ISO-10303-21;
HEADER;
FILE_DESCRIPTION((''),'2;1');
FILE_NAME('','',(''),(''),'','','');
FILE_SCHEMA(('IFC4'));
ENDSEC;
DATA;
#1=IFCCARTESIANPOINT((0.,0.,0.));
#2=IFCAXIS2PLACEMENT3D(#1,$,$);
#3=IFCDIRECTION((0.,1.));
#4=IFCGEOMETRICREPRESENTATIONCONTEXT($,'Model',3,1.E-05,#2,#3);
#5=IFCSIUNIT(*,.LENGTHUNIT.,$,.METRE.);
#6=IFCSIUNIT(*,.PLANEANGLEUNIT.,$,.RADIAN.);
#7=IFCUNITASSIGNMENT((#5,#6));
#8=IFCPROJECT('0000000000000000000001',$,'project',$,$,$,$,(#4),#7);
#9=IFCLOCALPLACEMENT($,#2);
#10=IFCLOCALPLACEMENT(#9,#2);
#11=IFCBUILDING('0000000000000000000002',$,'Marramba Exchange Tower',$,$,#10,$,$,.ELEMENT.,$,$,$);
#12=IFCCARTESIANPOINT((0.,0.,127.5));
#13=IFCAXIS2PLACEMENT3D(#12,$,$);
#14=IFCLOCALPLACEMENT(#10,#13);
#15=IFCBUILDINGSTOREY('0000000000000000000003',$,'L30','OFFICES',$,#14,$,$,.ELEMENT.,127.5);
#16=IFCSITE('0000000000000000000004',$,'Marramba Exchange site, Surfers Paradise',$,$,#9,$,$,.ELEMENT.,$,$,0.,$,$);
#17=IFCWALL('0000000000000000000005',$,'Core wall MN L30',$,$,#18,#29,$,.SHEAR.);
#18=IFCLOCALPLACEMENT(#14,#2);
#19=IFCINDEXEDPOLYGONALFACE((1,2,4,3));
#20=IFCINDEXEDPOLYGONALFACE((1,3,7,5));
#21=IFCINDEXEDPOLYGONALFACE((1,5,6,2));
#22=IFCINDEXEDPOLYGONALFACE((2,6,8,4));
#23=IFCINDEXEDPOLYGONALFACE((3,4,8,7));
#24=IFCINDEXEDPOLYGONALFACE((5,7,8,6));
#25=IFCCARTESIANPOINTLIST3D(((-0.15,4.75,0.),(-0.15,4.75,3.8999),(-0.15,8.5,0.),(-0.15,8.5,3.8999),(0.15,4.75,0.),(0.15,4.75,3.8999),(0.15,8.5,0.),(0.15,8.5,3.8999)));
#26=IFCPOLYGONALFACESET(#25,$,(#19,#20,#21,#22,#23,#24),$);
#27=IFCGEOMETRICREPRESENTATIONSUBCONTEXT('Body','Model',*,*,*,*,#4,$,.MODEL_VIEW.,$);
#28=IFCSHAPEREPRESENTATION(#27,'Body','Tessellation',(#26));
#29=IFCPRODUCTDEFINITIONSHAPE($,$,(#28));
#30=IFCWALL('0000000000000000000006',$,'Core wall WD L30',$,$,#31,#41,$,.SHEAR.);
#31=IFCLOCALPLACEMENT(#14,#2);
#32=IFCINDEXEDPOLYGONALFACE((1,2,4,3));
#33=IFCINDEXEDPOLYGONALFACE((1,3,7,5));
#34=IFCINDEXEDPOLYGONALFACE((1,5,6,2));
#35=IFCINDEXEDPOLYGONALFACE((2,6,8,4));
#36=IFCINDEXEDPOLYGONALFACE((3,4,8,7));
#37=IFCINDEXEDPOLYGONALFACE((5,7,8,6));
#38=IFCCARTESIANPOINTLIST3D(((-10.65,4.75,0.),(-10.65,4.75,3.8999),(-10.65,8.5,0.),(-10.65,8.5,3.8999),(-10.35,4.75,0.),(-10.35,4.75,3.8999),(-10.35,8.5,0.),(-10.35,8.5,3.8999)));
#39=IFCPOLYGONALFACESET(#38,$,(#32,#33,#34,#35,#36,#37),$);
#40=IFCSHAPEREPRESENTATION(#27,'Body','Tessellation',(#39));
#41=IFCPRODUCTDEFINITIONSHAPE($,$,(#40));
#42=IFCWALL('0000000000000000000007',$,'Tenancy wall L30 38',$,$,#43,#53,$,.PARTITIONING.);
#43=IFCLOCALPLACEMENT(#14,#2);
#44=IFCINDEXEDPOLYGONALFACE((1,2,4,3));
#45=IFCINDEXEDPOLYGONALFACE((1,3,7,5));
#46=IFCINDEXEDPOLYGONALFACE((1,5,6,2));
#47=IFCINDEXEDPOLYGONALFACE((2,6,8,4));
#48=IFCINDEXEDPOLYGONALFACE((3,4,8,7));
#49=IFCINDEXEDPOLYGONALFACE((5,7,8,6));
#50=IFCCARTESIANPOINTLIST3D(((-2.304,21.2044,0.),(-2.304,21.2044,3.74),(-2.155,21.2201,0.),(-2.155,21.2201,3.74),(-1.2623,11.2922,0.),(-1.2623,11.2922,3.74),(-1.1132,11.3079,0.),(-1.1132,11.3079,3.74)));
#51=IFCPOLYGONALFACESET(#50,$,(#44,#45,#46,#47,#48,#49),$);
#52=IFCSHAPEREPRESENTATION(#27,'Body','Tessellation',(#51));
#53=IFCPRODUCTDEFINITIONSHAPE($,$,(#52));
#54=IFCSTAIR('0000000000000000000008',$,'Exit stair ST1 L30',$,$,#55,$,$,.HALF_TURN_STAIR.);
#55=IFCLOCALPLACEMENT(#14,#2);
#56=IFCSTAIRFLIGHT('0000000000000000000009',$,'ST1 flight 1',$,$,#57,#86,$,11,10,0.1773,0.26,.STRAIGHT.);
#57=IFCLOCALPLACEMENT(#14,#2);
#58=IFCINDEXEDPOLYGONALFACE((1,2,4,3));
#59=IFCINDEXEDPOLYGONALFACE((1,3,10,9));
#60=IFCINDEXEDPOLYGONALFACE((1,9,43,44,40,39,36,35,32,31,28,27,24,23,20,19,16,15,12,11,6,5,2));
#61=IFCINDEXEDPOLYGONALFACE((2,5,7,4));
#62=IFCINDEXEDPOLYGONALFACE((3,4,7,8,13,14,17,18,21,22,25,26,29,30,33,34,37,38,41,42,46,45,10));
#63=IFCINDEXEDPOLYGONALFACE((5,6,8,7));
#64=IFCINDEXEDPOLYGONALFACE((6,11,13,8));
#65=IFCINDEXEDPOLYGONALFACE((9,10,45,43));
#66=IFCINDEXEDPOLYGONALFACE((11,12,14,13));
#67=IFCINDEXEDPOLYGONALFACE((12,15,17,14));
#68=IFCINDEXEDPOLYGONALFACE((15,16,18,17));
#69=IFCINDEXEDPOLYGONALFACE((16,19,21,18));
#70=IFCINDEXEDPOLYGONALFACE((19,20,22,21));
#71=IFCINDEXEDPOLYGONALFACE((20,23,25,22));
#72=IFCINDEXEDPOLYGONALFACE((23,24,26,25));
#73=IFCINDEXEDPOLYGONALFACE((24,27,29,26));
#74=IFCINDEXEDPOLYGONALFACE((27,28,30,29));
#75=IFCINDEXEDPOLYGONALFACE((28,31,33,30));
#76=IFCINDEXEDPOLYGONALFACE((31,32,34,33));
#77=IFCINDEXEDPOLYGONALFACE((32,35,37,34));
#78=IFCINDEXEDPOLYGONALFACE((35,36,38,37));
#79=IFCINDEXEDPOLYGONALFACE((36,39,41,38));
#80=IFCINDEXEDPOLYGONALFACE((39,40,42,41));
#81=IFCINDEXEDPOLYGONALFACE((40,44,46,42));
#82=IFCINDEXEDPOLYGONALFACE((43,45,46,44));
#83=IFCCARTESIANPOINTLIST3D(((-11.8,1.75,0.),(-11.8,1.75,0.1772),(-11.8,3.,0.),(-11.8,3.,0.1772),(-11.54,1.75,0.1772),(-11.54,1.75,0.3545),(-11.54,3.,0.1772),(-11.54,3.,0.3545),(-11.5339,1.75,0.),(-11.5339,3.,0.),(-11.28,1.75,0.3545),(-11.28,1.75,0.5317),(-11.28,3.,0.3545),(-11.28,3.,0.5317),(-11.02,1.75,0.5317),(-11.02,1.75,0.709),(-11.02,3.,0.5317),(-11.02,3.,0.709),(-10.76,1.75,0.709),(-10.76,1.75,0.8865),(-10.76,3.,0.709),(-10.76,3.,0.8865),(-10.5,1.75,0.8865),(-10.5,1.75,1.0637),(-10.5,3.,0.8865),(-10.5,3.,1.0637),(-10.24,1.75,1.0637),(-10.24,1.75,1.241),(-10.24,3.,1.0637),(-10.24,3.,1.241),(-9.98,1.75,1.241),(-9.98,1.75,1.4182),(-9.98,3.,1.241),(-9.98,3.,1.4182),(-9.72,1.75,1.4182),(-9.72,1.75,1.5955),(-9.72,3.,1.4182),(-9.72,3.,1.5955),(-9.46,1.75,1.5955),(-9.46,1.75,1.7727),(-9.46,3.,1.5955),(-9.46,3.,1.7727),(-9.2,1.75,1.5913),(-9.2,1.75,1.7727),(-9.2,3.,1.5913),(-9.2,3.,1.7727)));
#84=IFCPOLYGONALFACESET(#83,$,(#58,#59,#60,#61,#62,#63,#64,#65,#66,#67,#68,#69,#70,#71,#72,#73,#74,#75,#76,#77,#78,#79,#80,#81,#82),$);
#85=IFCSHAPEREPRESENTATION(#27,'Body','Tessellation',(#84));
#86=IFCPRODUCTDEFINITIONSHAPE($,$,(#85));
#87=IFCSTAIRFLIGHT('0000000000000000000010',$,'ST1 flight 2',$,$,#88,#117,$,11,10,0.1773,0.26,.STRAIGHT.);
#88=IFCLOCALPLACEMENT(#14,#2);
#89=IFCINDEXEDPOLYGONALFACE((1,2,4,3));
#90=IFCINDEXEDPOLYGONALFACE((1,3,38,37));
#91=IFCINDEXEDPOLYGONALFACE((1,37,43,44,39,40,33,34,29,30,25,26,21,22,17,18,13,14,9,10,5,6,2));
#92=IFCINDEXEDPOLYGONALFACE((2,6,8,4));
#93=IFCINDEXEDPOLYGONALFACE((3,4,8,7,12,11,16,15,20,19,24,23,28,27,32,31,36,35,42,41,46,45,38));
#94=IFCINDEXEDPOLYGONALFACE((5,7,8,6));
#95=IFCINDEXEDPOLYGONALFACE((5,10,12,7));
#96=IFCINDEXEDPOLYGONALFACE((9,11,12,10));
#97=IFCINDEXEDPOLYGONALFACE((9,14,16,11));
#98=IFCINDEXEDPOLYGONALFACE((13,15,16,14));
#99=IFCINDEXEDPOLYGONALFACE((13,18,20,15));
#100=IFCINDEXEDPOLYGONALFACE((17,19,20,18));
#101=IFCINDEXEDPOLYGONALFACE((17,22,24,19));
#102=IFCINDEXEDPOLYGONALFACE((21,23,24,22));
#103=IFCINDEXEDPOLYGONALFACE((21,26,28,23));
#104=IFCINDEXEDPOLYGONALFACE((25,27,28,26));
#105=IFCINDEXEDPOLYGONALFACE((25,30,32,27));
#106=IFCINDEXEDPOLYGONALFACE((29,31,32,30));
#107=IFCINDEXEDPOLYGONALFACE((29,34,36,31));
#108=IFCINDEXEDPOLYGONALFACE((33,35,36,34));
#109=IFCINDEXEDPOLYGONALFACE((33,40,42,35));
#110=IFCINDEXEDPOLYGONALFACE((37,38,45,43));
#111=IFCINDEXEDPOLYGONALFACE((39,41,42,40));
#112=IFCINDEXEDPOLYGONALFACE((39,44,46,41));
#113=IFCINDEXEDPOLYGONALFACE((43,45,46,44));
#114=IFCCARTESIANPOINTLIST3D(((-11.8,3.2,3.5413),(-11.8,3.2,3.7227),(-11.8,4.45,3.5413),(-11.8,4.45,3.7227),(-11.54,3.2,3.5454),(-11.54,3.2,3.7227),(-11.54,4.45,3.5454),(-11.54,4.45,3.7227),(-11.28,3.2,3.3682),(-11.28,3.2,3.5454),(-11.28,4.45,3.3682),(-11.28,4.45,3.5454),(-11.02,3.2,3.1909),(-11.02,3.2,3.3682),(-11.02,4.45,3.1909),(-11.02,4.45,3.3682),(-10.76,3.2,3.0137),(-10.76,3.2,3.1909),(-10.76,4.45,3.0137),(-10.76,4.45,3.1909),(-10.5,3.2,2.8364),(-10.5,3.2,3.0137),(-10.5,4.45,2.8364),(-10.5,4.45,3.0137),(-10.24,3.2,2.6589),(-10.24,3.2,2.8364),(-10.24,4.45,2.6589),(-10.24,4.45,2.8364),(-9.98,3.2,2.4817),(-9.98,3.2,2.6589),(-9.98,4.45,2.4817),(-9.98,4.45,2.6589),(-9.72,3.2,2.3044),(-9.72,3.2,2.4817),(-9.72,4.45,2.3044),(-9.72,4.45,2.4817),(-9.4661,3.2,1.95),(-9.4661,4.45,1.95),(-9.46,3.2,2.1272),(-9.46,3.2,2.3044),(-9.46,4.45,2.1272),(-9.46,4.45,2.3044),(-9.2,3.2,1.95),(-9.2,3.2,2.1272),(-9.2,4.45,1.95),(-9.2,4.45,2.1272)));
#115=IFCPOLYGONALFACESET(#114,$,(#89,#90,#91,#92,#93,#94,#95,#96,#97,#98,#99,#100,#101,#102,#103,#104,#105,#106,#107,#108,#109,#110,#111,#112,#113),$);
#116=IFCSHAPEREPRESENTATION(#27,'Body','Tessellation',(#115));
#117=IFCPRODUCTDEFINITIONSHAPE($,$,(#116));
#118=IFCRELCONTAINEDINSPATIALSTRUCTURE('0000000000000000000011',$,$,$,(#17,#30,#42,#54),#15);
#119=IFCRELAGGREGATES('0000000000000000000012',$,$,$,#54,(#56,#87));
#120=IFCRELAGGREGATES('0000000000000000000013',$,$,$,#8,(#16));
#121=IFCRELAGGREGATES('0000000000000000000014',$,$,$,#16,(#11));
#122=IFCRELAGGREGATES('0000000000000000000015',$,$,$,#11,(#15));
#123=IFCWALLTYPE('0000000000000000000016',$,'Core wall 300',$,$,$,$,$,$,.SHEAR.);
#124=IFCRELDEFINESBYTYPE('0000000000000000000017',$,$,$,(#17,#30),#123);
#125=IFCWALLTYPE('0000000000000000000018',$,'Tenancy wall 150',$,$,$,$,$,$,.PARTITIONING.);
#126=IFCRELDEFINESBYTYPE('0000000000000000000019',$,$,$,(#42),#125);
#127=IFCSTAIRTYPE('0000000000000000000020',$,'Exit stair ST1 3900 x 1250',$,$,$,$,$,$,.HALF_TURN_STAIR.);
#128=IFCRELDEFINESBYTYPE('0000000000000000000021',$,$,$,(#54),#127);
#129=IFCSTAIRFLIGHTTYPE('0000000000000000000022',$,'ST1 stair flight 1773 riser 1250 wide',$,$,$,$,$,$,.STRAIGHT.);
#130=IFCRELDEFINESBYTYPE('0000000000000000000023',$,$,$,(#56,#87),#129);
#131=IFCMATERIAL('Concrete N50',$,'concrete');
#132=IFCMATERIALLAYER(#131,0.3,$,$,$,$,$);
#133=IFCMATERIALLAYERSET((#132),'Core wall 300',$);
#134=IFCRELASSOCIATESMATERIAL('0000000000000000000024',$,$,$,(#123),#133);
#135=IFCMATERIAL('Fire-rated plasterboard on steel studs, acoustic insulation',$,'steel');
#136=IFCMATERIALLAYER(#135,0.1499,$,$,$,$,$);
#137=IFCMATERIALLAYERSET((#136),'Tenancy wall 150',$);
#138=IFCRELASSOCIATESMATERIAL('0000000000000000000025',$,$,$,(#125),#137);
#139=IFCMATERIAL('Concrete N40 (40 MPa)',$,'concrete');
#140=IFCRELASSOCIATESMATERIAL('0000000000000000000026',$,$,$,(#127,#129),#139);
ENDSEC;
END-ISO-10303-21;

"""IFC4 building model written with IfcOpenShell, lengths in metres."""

from ifc_helpers import new_model, si_unit, direction, frame, frame_2d, origin, place, context, subcontext, project, spatial, polyline, rectangle, outline, extrude, material, layer, layer_set, type_object, element, aggregate, save


model = new_model("IFC4")

# Units and contexts
model_context = context("Model", 3, precision=1e-05, world=origin(), true_north=direction((0.0, 1.0)))
body_context = subcontext(model_context, "Body", "Model", "MODEL_VIEW")
ifc_project = project(units=[si_unit("LENGTHUNIT", "METRE"), si_unit("PLANEANGLEUNIT", "RADIAN")], contexts=[model_context])

# Site, building, storey
site_placement = place(None, origin())
site = spatial("IfcSite", under=ifc_project, at=site_placement, Name="Marramba Exchange site, Surfers Paradise", CompositionType="ELEMENT", RefElevation=0.0)
building_placement = place(site_placement, origin())
building = spatial("IfcBuilding", under=site, at=building_placement, Name="Marramba Exchange Tower", CompositionType="ELEMENT")
storey_placement = place(building_placement, frame((0.0, 0.0, 127.5)))
storey = spatial("IfcBuildingStorey", under=building, at=storey_placement, Name="L30", Description="OFFICES", CompositionType="ELEMENT", Elevation=127.5)

# Shared definitions
ifc_material_1 = material(Name="Concrete N50", Category="concrete")

# Walls
ifc_layer_1 = layer(ifc_material_1, 0.3)
ifc_layer_set_1 = layer_set([ifc_layer_1], Name="Core wall 300")
wall_type_1 = type_object("IfcWallType", Name="Core wall 300", PredefinedType="SHEAR", material=ifc_layer_set_1)
for number, where, z_axis, x_axis, name in (
    (1, (0.0, 4.75, 0.0), (0.0, 0.0, 1.0), (0.0, 1.0, 0.0), "Core wall MN L30"),
    (2, (-10.5, 4.75, 0.0), (0.0, 0.0, 1.0), (0.0, 1.0, 0.0), "Core wall WD L30"),
):
    element("IfcWall", number, at=place(storey_placement, frame(where, z_axis=z_axis, x_axis=x_axis)), inside=storey, type_object=wall_type_1, Name=name, PredefinedType="SHEAR", context=body_context, shape_type="SweptSolid", body=[
        extrude(rectangle(XDim=3.75, YDim=0.3, at=frame_2d((1.875, 0.0))), origin(), (0.0, 0.0, 1.0), 3.8999),
    ])
ifc_material_2 = material(Name="Fire-rated plasterboard on steel studs, acoustic insulation", Category="steel")
ifc_layer_2 = layer(ifc_material_2, 0.1499)
ifc_layer_set_2 = layer_set([ifc_layer_2], Name="Tenancy wall 150")
wall_type_2 = type_object("IfcWallType", Name="Tenancy wall 150", PredefinedType="PARTITIONING", material=ifc_layer_set_2)
wall_1_placement = place(storey_placement, frame((-1.1877, 11.3, 0.0), z_axis=(0.0, 0.0, 1.0), x_axis=(-0.104523, 0.994522, 0.0)))
element("IfcWall", 3, at=wall_1_placement, inside=storey, type_object=wall_type_2, Name="Tenancy wall L30 38", PredefinedType="PARTITIONING", context=body_context, shape_type="SweptSolid", body=[
    extrude(rectangle(XDim=9.9668, YDim=0.1499, at=frame_2d((4.9834, 0.0))), origin(), (0.0, 0.0, 1.0), 3.74),
])

# Stair, stair flights
ifc_material_3 = material(Name="Concrete N40 (40 MPa)", Category="concrete")
stair_type = type_object("IfcStairType", Name="Exit stair ST1 3900 x 1250", PredefinedType="HALF_TURN_STAIR", material=ifc_material_3)
stair_placement = place(storey_placement, origin())
stair = element("IfcStair", 4, at=stair_placement, inside=storey, type_object=stair_type, Name="Exit stair ST1 L30", PredefinedType="HALF_TURN_STAIR")
stair_flight_type = type_object("IfcStairFlightType", Name="ST1 stair flight 1773 riser 1250 wide", PredefinedType="STRAIGHT", material=ifc_material_3)
stair_flight_1_placement = place(storey_placement, frame((-11.8, 2.375, 0.0), z_axis=(0.0, 0.0, 1.0), x_axis=(1.0, 0.0, 0.0)))
stair_flight_1 = element("IfcStairFlight", 5, at=stair_flight_1_placement, type_object=stair_flight_type, Name="ST1 flight 1", NumberOfRisers=11, NumberOfTreads=10, PredefinedType="STRAIGHT", RiserHeight=0.1773, TreadLength=0.26, context=body_context, shape_type="SweptSolid", body=[
    extrude(outline(polyline([(0.0, 0.0), (0.0, 0.1772), (0.26, 0.1772), (0.26, 0.3545), (0.52, 0.3545), (0.52, 0.5317), (0.78, 0.5317), (0.78, 0.709), (1.04, 0.709), (1.04, 0.8865), (1.3, 0.8865), (1.3, 1.0637), (1.5601, 1.0637), (1.5601, 1.241), (1.8201, 1.241), (1.8201, 1.4182), (2.0801, 1.4182), (2.0801, 1.5955), (2.3401, 1.5955), (2.3401, 1.7727), (2.6001, 1.7727), (2.6001, 1.95), (2.6001, 1.5913), (0.2661, 0.0), (0.0, 0.0)])), frame((0.0, 0.625, 0.0), z_axis=(0.0, -1.0, 0.0), x_axis=(1.0, 0.0, 0.0)), (0.0, 0.0, 1.0), 1.25),
])
stair_flight_2_placement = place(storey_placement, frame((-9.2, 3.825, 1.95), z_axis=(0.0, 0.0, 1.0), x_axis=(-1.0, 0.0, 0.0)))
stair_flight_2 = element("IfcStairFlight", 6, at=stair_flight_2_placement, type_object=stair_flight_type, Name="ST1 flight 2", NumberOfRisers=11, NumberOfTreads=10, PredefinedType="STRAIGHT", RiserHeight=0.1773, TreadLength=0.26, context=body_context, shape_type="SweptSolid", body=[
    extrude(outline(polyline([(0.0, 0.0), (0.0, 0.1772), (0.26, 0.1772), (0.26, 0.3545), (0.52, 0.3545), (0.52, 0.5317), (0.78, 0.5317), (0.78, 0.709), (1.04, 0.709), (1.04, 0.8865), (1.3, 0.8865), (1.3, 1.0637), (1.5601, 1.0637), (1.5601, 1.241), (1.8201, 1.241), (1.8201, 1.4182), (2.0801, 1.4182), (2.0801, 1.5955), (2.3401, 1.5955), (2.3401, 1.7727), (2.6001, 1.7727), (2.6001, 1.95), (2.6001, 1.5913), (0.2661, 0.0), (0.0, 0.0)])), frame((0.0, 0.625, 0.0), z_axis=(0.0, -1.0, 0.0), x_axis=(1.0, 0.0, 0.0)), (0.0, 0.0, 1.0), 1.25),
])
aggregate(stair, [stair_flight_1, stair_flight_2])

save(model, "model.ifc")
